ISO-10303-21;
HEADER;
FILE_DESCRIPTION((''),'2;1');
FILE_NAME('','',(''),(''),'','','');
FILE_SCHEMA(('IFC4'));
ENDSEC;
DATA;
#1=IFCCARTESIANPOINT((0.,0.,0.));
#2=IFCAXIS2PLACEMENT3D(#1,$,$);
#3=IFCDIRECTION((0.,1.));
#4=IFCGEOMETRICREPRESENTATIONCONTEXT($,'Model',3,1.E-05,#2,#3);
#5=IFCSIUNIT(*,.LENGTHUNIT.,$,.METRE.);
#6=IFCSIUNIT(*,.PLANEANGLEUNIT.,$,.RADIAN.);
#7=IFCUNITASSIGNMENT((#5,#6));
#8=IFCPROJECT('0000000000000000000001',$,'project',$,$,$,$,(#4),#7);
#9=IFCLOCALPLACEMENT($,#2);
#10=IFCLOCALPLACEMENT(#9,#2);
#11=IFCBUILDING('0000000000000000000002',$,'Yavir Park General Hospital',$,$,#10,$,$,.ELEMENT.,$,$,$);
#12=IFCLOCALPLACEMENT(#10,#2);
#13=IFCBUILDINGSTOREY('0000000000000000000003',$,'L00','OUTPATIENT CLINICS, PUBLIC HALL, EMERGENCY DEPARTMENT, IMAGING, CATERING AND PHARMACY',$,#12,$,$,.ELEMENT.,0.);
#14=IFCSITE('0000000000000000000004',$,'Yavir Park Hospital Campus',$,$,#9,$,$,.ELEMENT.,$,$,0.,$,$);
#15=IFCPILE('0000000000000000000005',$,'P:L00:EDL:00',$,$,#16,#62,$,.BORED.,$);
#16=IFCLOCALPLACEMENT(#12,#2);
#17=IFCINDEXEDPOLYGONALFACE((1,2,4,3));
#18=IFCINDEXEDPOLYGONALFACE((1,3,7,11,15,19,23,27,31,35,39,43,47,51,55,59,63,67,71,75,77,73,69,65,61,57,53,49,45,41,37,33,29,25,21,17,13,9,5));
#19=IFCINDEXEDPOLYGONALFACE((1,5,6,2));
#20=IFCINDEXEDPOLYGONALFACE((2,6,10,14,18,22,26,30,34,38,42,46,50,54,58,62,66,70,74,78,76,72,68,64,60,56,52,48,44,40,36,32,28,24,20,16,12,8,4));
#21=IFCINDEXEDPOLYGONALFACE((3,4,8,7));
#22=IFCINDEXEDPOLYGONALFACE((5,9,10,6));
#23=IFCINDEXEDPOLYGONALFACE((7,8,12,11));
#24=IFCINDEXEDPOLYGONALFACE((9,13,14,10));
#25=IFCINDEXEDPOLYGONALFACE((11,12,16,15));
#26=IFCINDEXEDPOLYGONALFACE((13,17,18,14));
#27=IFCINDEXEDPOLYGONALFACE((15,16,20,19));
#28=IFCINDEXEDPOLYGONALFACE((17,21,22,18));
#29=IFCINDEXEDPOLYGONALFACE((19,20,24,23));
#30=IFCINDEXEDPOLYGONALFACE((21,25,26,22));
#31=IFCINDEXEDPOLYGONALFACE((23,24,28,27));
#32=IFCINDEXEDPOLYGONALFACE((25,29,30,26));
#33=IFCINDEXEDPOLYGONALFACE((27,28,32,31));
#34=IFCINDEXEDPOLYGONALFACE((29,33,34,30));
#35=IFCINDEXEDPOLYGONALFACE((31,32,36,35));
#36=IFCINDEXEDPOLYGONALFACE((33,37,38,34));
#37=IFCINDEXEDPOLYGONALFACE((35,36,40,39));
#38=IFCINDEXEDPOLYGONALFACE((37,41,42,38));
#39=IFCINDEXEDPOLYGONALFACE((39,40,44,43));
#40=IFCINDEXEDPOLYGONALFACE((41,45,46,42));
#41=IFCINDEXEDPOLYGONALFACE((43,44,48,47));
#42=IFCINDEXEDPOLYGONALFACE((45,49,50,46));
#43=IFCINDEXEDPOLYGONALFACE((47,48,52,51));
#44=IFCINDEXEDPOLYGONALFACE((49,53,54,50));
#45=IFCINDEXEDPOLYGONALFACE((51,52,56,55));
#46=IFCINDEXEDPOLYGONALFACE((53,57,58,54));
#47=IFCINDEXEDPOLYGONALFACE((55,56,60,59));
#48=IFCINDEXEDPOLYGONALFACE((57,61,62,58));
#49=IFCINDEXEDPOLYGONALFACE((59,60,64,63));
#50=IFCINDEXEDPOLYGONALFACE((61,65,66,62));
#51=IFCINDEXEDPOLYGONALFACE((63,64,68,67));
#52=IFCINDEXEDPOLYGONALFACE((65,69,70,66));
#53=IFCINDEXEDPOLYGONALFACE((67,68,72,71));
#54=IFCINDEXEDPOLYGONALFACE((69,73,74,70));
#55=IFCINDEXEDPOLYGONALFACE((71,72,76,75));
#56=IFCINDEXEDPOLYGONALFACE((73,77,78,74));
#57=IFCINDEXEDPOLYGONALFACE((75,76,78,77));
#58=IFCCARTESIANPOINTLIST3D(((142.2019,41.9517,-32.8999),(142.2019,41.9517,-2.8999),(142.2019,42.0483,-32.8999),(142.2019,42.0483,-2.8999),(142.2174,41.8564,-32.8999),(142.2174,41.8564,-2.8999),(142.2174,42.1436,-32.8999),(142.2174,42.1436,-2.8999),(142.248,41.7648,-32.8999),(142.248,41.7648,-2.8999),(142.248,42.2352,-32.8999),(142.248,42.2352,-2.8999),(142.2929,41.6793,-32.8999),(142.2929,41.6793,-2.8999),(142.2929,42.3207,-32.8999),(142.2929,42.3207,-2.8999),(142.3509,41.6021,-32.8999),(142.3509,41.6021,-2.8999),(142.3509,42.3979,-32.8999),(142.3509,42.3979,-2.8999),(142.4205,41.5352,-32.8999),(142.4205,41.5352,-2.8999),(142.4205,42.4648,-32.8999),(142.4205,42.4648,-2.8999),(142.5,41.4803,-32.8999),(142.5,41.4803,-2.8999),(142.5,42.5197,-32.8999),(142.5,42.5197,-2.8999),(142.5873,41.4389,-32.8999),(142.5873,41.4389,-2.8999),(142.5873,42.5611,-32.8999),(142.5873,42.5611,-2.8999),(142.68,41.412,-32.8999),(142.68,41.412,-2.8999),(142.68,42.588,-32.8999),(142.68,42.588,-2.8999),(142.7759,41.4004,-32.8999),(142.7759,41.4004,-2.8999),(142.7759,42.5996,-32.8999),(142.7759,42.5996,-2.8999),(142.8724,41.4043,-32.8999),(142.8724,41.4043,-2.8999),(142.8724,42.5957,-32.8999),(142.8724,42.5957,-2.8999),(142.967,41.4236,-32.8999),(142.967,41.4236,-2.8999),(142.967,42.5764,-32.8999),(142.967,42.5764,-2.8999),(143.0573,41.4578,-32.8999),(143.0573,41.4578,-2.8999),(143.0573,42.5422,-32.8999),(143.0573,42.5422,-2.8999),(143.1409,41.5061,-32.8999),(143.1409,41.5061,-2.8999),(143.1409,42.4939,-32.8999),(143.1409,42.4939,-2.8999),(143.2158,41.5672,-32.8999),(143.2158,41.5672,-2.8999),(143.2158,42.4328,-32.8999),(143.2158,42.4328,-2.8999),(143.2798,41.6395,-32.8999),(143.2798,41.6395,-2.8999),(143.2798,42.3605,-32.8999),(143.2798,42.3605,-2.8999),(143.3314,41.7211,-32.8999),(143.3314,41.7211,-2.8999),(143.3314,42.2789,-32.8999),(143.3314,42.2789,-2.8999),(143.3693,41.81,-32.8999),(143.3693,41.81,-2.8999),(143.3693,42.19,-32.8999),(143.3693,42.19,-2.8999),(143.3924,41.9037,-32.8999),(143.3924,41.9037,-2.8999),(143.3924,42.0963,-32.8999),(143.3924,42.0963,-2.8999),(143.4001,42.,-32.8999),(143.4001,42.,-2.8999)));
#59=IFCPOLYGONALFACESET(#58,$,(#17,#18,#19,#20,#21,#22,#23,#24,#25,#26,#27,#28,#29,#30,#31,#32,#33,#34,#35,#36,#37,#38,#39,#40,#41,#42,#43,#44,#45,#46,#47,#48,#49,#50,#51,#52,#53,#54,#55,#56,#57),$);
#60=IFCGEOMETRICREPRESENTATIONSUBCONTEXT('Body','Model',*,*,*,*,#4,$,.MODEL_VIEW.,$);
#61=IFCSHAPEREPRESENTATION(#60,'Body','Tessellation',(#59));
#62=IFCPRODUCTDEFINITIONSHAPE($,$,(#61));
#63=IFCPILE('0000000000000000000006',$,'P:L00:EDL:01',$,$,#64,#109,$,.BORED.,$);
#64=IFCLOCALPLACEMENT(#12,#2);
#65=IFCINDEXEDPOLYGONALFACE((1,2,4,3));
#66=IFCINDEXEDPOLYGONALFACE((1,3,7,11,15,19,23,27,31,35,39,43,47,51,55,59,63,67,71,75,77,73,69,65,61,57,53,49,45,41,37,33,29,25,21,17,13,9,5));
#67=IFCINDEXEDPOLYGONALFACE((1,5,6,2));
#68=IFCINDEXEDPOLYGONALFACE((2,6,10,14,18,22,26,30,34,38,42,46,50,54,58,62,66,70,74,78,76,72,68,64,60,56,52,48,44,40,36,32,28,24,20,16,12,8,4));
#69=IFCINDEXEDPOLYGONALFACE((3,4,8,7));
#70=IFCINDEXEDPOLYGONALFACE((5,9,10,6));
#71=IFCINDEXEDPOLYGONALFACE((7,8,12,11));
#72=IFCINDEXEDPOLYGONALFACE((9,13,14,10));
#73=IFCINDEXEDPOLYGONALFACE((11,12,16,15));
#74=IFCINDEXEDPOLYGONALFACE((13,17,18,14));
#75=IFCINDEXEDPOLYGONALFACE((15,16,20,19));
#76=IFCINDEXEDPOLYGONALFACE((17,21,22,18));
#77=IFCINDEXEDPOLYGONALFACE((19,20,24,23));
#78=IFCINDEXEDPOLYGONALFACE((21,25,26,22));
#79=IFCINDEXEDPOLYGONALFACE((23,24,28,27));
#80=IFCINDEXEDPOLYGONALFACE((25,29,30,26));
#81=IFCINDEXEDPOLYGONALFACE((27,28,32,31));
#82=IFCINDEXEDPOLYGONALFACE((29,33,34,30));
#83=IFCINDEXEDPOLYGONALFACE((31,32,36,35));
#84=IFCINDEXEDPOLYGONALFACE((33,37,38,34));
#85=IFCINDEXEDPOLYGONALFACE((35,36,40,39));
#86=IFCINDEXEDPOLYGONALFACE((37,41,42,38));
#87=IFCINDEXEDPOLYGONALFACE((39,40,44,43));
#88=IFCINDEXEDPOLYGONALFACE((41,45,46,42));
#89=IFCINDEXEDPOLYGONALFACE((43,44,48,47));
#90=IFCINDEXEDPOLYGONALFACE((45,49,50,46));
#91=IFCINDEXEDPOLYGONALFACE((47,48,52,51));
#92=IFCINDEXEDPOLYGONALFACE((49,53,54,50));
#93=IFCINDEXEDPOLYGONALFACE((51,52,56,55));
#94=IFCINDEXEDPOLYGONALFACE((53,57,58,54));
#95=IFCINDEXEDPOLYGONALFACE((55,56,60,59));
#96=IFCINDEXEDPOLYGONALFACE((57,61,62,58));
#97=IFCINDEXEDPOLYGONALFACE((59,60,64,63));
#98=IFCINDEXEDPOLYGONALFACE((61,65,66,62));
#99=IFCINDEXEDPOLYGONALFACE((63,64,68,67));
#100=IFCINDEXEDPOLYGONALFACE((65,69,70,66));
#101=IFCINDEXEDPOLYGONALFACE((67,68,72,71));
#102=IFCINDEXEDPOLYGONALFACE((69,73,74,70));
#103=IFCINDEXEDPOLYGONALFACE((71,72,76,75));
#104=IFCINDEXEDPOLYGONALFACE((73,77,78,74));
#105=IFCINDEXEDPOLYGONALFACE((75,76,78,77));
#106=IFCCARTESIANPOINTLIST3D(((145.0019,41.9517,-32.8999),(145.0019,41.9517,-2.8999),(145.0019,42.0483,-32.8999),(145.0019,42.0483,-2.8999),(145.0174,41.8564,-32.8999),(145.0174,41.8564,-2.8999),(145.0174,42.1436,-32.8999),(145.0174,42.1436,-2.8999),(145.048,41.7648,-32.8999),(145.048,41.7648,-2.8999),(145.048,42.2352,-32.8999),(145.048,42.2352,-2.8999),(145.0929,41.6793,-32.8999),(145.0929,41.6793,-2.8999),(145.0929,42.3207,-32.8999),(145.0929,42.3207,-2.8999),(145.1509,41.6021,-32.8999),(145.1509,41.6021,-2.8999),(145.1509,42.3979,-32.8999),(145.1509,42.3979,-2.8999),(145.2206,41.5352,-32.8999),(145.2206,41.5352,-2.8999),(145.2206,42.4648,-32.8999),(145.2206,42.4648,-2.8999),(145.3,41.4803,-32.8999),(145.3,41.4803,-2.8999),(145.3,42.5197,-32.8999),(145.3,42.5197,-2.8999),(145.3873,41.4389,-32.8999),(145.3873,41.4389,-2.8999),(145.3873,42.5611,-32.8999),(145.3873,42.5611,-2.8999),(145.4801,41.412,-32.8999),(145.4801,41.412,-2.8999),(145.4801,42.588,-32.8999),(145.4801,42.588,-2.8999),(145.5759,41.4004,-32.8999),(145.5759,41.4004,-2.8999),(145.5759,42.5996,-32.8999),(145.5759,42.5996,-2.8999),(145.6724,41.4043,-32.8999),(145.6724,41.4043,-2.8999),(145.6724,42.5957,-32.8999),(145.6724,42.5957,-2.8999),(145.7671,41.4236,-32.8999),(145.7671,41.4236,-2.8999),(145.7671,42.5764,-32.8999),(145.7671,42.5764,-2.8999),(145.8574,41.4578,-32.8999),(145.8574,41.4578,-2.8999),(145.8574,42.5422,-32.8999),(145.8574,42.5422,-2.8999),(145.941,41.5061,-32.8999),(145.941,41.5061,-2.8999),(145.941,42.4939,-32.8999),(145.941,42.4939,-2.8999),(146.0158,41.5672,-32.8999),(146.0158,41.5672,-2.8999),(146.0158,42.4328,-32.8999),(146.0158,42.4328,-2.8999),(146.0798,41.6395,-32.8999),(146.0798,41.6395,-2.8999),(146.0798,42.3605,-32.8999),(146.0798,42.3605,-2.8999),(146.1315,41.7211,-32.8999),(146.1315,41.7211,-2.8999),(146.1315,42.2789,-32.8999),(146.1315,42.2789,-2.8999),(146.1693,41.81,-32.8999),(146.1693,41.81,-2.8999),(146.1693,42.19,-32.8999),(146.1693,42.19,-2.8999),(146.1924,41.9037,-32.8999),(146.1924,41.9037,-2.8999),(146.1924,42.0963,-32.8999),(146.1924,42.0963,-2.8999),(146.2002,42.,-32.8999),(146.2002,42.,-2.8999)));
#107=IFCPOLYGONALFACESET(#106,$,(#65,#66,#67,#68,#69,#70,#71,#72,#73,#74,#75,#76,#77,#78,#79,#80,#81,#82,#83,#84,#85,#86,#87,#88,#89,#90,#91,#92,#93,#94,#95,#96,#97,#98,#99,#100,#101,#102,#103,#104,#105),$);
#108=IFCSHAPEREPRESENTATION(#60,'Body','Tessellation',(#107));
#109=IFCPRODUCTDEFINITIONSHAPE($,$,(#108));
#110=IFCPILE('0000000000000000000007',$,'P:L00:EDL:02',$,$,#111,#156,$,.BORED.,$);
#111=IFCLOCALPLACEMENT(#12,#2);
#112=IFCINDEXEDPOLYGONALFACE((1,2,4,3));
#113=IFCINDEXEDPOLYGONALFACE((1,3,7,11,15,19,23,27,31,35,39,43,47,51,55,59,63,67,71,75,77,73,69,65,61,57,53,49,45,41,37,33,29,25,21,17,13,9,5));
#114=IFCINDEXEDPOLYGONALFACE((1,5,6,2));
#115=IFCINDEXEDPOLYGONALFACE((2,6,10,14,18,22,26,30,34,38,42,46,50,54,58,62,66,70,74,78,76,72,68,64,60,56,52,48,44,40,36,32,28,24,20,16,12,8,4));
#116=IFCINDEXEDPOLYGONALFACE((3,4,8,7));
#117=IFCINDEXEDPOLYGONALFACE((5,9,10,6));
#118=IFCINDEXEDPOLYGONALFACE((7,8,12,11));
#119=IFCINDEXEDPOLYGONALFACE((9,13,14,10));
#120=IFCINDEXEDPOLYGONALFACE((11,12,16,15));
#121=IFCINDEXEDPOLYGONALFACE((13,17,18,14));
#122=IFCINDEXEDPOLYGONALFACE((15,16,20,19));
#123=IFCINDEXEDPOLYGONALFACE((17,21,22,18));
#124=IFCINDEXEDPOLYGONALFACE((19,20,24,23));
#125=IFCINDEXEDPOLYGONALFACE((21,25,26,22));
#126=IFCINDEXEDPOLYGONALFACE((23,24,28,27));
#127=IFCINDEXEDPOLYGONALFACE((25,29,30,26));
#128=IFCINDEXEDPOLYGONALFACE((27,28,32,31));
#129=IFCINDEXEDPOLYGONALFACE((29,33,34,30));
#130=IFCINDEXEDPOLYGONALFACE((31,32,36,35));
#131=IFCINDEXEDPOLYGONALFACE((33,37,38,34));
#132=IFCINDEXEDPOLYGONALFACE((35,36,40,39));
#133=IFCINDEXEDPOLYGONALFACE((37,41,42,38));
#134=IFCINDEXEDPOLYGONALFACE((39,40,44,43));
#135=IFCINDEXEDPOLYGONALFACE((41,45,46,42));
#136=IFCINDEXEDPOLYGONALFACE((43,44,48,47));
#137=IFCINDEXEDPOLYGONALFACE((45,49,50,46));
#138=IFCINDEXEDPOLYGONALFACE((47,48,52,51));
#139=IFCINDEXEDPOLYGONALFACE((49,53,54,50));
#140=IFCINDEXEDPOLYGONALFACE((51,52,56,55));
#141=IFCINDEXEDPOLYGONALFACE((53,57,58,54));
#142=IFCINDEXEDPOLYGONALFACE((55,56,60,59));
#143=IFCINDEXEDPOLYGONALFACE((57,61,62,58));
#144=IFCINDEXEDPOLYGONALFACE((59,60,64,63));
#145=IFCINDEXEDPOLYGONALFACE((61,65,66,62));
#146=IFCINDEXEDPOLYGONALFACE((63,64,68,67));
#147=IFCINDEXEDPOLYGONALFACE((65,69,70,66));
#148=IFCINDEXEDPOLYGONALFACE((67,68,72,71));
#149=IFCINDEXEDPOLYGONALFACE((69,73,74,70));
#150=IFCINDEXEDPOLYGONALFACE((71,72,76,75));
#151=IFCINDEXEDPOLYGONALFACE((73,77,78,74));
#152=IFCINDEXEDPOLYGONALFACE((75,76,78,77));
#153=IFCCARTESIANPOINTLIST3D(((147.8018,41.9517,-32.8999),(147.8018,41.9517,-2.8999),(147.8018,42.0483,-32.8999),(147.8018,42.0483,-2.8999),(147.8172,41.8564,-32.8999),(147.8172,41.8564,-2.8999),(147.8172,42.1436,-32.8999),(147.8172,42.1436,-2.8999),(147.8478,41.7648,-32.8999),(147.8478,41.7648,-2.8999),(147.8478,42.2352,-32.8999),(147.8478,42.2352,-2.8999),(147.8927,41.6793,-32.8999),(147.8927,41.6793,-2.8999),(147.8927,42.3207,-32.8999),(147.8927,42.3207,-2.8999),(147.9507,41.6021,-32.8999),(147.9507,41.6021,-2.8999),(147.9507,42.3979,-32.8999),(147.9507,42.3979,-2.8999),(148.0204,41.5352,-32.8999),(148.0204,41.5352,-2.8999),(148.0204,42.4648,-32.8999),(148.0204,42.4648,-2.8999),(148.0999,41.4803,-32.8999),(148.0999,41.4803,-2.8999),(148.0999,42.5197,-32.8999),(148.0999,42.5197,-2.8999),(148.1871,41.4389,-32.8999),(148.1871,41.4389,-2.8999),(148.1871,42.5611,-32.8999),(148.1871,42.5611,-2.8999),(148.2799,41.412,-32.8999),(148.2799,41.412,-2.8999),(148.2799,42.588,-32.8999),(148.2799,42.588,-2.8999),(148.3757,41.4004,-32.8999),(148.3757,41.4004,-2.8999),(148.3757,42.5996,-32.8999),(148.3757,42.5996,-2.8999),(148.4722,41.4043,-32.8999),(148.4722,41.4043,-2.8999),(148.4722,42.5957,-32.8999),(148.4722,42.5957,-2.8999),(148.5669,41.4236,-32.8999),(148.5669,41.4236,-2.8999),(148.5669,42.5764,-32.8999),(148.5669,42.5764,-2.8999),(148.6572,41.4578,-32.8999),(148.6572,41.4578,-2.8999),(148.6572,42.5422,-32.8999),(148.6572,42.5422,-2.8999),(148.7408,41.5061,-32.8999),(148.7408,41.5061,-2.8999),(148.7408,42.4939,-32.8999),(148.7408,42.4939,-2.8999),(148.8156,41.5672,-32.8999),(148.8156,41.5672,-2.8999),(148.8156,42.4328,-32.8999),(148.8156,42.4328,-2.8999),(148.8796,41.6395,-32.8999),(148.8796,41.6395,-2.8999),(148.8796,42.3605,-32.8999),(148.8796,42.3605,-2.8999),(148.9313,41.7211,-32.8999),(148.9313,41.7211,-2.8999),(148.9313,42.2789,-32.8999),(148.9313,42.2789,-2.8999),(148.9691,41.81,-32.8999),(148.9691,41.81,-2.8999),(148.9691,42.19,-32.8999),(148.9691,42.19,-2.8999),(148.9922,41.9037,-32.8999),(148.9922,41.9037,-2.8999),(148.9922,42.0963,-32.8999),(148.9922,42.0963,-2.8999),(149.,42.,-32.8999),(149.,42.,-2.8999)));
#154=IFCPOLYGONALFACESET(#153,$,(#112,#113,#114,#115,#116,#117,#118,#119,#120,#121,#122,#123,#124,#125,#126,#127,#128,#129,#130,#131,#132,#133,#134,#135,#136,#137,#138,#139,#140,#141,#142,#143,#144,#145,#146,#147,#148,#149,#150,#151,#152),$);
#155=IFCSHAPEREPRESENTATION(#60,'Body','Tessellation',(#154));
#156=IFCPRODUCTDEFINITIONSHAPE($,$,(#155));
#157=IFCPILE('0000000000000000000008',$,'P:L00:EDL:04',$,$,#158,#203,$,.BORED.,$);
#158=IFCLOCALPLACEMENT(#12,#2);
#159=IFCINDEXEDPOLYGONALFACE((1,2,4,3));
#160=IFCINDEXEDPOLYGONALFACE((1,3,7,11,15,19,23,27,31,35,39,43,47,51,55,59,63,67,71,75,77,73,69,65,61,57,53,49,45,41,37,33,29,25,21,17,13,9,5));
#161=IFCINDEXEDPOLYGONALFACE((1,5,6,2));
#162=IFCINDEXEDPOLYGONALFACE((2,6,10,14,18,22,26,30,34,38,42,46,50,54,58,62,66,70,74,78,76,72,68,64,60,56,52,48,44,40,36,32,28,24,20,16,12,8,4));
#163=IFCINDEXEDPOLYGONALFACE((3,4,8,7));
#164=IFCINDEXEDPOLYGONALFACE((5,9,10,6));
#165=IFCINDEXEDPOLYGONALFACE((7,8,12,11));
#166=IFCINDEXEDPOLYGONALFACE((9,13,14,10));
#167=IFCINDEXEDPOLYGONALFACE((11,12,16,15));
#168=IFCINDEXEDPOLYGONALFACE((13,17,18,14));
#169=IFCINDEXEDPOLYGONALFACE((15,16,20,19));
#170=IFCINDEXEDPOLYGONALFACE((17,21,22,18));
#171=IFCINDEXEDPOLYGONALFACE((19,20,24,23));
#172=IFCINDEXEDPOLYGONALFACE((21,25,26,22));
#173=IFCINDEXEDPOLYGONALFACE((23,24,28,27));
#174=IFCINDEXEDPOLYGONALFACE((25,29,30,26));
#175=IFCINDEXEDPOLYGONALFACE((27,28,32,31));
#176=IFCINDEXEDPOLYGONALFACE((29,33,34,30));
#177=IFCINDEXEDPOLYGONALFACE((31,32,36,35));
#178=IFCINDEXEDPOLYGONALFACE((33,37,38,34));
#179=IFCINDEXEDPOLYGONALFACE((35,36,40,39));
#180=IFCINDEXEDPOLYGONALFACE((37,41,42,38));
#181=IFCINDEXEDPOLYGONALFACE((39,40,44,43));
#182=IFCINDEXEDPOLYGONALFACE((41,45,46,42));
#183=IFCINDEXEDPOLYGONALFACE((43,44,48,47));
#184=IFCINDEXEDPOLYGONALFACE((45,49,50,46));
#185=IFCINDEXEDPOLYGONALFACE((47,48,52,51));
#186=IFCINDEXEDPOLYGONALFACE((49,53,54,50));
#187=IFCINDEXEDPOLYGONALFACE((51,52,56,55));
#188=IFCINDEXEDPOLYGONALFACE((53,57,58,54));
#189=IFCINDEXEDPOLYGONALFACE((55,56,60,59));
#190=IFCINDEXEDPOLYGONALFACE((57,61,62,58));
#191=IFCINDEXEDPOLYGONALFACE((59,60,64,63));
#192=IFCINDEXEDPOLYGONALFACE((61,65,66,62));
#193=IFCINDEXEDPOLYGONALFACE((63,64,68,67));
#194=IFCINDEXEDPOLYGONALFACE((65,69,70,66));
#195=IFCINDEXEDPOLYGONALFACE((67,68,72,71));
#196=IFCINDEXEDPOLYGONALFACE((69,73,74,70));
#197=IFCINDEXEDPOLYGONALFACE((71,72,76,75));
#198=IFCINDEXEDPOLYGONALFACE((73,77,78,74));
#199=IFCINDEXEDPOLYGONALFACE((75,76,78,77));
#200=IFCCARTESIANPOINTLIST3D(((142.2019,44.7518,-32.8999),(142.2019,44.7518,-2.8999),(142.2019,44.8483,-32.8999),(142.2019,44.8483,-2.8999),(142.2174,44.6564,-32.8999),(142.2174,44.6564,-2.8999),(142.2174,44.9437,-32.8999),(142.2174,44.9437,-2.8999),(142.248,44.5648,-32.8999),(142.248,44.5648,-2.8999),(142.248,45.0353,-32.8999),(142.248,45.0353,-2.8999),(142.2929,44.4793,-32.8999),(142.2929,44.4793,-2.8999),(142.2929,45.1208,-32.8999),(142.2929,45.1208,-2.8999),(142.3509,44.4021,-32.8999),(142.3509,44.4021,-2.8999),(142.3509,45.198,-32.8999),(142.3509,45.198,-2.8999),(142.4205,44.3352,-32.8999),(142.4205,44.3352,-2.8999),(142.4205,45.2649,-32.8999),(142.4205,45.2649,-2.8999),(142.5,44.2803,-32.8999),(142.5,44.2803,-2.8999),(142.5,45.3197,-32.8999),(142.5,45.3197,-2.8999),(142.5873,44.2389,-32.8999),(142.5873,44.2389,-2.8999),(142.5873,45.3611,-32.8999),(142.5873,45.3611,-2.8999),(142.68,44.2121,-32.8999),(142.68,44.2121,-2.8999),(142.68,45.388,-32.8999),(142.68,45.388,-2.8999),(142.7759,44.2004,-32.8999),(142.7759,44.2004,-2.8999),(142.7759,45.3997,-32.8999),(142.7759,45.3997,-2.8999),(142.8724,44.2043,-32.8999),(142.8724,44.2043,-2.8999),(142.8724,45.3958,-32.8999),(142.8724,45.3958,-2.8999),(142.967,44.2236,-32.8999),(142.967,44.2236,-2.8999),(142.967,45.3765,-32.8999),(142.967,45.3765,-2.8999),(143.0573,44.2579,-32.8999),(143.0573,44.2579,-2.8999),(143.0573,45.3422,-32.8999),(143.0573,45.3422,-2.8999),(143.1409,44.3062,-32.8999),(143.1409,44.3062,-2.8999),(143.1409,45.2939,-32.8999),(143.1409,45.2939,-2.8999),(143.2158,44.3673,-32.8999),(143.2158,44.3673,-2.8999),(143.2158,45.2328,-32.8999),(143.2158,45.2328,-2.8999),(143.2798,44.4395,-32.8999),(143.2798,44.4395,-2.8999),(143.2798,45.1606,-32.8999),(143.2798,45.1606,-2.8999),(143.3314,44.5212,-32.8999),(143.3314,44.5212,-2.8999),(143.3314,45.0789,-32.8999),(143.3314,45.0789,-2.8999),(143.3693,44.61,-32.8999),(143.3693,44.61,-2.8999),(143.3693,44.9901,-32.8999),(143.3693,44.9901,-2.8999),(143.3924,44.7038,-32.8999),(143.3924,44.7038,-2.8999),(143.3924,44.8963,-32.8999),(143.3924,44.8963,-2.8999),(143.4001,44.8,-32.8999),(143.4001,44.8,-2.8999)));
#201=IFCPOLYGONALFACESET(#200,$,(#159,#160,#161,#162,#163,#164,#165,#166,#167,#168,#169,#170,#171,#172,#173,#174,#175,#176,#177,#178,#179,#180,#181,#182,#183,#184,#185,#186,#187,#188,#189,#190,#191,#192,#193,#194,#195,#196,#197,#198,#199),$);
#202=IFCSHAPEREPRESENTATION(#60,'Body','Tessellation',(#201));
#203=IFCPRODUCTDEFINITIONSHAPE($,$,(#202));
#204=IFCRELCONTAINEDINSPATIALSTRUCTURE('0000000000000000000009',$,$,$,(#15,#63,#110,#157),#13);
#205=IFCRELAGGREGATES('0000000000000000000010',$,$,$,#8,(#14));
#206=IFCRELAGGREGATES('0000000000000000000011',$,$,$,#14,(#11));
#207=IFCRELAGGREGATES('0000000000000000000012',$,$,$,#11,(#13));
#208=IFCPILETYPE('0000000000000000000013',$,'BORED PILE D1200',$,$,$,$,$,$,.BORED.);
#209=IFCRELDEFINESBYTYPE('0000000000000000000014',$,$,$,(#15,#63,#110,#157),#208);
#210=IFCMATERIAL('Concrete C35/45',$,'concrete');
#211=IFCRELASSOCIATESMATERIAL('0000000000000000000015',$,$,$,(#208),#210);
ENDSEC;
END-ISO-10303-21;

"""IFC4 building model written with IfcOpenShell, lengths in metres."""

from ifc_helpers import new_model, si_unit, direction, frame, origin, origin_2d, place, context, subcontext, project, spatial, circle, extrude, material, material_profile, profile_set, type_object, element, save


model = new_model("IFC4")

# Units and contexts
model_context = context("Model", 3, precision=1e-05, world=origin(), true_north=direction((0.0, 1.0)))
body_context = subcontext(model_context, "Body", "Model", "MODEL_VIEW")
ifc_project = project(units=[si_unit("LENGTHUNIT", "METRE"), si_unit("PLANEANGLEUNIT", "RADIAN")], contexts=[model_context])

# Site, building, storey
site_placement = place(None, origin())
site = spatial("IfcSite", under=ifc_project, at=site_placement, Name="Yavir Park Hospital Campus", CompositionType="ELEMENT", RefElevation=0.0)
building_placement = place(site_placement, origin())
building = spatial("IfcBuilding", under=site, at=building_placement, Name="Yavir Park General Hospital", CompositionType="ELEMENT")
storey_placement = place(building_placement, origin())
storey = spatial("IfcBuildingStorey", under=building, at=storey_placement, Name="L00", Description="OUTPATIENT CLINICS, PUBLIC HALL, EMERGENCY DEPARTMENT, IMAGING, CATERING AND PHARMACY", CompositionType="ELEMENT", Elevation=0.0)

# Piles
ifc_material_1 = material(Name="Concrete C35/45", Category="concrete")
ifc_material_profile_1 = material_profile(ifc_material_1, circle(Radius=0.6001, at=origin_2d()), Name="D1200")
ifc_profile_set_1 = profile_set([ifc_material_profile_1], Name="Concrete C35/45")
pile_type_1 = type_object("IfcPileType", Name="BORED PILE D1200", PredefinedType="BORED", material=ifc_profile_set_1)
for number, where, z_axis, x_axis, name in (
    (1, (142.8, 42.0, -2.8999), (0.0, 0.0, -1.0), (1.0, 0.0, 0.0), "P:L00:EDL:00"),
    (2, (145.6001, 42.0, -2.8999), (0.0, 0.0, -1.0), (1.0, 0.0, 0.0), "P:L00:EDL:01"),
    (3, (148.3999, 42.0, -2.8999), (0.0, 0.0, -1.0), (1.0, 0.0, 0.0), "P:L00:EDL:02"),
    (4, (142.8, 44.8, -2.8999), (0.0, 0.0, -1.0), (1.0, 0.0, 0.0), "P:L00:EDL:04"),
):
    element("IfcPile", number, at=place(storey_placement, frame(where, z_axis=z_axis, x_axis=x_axis)), inside=storey, type_object=pile_type_1, Name=name, PredefinedType="BORED", context=body_context, shape_type="SweptSolid", body=[
        extrude(circle(Radius=0.6001, at=origin_2d()), origin(), (0.0, 0.0, 1.0), 30.0),
    ])

save(model, "model.ifc")
